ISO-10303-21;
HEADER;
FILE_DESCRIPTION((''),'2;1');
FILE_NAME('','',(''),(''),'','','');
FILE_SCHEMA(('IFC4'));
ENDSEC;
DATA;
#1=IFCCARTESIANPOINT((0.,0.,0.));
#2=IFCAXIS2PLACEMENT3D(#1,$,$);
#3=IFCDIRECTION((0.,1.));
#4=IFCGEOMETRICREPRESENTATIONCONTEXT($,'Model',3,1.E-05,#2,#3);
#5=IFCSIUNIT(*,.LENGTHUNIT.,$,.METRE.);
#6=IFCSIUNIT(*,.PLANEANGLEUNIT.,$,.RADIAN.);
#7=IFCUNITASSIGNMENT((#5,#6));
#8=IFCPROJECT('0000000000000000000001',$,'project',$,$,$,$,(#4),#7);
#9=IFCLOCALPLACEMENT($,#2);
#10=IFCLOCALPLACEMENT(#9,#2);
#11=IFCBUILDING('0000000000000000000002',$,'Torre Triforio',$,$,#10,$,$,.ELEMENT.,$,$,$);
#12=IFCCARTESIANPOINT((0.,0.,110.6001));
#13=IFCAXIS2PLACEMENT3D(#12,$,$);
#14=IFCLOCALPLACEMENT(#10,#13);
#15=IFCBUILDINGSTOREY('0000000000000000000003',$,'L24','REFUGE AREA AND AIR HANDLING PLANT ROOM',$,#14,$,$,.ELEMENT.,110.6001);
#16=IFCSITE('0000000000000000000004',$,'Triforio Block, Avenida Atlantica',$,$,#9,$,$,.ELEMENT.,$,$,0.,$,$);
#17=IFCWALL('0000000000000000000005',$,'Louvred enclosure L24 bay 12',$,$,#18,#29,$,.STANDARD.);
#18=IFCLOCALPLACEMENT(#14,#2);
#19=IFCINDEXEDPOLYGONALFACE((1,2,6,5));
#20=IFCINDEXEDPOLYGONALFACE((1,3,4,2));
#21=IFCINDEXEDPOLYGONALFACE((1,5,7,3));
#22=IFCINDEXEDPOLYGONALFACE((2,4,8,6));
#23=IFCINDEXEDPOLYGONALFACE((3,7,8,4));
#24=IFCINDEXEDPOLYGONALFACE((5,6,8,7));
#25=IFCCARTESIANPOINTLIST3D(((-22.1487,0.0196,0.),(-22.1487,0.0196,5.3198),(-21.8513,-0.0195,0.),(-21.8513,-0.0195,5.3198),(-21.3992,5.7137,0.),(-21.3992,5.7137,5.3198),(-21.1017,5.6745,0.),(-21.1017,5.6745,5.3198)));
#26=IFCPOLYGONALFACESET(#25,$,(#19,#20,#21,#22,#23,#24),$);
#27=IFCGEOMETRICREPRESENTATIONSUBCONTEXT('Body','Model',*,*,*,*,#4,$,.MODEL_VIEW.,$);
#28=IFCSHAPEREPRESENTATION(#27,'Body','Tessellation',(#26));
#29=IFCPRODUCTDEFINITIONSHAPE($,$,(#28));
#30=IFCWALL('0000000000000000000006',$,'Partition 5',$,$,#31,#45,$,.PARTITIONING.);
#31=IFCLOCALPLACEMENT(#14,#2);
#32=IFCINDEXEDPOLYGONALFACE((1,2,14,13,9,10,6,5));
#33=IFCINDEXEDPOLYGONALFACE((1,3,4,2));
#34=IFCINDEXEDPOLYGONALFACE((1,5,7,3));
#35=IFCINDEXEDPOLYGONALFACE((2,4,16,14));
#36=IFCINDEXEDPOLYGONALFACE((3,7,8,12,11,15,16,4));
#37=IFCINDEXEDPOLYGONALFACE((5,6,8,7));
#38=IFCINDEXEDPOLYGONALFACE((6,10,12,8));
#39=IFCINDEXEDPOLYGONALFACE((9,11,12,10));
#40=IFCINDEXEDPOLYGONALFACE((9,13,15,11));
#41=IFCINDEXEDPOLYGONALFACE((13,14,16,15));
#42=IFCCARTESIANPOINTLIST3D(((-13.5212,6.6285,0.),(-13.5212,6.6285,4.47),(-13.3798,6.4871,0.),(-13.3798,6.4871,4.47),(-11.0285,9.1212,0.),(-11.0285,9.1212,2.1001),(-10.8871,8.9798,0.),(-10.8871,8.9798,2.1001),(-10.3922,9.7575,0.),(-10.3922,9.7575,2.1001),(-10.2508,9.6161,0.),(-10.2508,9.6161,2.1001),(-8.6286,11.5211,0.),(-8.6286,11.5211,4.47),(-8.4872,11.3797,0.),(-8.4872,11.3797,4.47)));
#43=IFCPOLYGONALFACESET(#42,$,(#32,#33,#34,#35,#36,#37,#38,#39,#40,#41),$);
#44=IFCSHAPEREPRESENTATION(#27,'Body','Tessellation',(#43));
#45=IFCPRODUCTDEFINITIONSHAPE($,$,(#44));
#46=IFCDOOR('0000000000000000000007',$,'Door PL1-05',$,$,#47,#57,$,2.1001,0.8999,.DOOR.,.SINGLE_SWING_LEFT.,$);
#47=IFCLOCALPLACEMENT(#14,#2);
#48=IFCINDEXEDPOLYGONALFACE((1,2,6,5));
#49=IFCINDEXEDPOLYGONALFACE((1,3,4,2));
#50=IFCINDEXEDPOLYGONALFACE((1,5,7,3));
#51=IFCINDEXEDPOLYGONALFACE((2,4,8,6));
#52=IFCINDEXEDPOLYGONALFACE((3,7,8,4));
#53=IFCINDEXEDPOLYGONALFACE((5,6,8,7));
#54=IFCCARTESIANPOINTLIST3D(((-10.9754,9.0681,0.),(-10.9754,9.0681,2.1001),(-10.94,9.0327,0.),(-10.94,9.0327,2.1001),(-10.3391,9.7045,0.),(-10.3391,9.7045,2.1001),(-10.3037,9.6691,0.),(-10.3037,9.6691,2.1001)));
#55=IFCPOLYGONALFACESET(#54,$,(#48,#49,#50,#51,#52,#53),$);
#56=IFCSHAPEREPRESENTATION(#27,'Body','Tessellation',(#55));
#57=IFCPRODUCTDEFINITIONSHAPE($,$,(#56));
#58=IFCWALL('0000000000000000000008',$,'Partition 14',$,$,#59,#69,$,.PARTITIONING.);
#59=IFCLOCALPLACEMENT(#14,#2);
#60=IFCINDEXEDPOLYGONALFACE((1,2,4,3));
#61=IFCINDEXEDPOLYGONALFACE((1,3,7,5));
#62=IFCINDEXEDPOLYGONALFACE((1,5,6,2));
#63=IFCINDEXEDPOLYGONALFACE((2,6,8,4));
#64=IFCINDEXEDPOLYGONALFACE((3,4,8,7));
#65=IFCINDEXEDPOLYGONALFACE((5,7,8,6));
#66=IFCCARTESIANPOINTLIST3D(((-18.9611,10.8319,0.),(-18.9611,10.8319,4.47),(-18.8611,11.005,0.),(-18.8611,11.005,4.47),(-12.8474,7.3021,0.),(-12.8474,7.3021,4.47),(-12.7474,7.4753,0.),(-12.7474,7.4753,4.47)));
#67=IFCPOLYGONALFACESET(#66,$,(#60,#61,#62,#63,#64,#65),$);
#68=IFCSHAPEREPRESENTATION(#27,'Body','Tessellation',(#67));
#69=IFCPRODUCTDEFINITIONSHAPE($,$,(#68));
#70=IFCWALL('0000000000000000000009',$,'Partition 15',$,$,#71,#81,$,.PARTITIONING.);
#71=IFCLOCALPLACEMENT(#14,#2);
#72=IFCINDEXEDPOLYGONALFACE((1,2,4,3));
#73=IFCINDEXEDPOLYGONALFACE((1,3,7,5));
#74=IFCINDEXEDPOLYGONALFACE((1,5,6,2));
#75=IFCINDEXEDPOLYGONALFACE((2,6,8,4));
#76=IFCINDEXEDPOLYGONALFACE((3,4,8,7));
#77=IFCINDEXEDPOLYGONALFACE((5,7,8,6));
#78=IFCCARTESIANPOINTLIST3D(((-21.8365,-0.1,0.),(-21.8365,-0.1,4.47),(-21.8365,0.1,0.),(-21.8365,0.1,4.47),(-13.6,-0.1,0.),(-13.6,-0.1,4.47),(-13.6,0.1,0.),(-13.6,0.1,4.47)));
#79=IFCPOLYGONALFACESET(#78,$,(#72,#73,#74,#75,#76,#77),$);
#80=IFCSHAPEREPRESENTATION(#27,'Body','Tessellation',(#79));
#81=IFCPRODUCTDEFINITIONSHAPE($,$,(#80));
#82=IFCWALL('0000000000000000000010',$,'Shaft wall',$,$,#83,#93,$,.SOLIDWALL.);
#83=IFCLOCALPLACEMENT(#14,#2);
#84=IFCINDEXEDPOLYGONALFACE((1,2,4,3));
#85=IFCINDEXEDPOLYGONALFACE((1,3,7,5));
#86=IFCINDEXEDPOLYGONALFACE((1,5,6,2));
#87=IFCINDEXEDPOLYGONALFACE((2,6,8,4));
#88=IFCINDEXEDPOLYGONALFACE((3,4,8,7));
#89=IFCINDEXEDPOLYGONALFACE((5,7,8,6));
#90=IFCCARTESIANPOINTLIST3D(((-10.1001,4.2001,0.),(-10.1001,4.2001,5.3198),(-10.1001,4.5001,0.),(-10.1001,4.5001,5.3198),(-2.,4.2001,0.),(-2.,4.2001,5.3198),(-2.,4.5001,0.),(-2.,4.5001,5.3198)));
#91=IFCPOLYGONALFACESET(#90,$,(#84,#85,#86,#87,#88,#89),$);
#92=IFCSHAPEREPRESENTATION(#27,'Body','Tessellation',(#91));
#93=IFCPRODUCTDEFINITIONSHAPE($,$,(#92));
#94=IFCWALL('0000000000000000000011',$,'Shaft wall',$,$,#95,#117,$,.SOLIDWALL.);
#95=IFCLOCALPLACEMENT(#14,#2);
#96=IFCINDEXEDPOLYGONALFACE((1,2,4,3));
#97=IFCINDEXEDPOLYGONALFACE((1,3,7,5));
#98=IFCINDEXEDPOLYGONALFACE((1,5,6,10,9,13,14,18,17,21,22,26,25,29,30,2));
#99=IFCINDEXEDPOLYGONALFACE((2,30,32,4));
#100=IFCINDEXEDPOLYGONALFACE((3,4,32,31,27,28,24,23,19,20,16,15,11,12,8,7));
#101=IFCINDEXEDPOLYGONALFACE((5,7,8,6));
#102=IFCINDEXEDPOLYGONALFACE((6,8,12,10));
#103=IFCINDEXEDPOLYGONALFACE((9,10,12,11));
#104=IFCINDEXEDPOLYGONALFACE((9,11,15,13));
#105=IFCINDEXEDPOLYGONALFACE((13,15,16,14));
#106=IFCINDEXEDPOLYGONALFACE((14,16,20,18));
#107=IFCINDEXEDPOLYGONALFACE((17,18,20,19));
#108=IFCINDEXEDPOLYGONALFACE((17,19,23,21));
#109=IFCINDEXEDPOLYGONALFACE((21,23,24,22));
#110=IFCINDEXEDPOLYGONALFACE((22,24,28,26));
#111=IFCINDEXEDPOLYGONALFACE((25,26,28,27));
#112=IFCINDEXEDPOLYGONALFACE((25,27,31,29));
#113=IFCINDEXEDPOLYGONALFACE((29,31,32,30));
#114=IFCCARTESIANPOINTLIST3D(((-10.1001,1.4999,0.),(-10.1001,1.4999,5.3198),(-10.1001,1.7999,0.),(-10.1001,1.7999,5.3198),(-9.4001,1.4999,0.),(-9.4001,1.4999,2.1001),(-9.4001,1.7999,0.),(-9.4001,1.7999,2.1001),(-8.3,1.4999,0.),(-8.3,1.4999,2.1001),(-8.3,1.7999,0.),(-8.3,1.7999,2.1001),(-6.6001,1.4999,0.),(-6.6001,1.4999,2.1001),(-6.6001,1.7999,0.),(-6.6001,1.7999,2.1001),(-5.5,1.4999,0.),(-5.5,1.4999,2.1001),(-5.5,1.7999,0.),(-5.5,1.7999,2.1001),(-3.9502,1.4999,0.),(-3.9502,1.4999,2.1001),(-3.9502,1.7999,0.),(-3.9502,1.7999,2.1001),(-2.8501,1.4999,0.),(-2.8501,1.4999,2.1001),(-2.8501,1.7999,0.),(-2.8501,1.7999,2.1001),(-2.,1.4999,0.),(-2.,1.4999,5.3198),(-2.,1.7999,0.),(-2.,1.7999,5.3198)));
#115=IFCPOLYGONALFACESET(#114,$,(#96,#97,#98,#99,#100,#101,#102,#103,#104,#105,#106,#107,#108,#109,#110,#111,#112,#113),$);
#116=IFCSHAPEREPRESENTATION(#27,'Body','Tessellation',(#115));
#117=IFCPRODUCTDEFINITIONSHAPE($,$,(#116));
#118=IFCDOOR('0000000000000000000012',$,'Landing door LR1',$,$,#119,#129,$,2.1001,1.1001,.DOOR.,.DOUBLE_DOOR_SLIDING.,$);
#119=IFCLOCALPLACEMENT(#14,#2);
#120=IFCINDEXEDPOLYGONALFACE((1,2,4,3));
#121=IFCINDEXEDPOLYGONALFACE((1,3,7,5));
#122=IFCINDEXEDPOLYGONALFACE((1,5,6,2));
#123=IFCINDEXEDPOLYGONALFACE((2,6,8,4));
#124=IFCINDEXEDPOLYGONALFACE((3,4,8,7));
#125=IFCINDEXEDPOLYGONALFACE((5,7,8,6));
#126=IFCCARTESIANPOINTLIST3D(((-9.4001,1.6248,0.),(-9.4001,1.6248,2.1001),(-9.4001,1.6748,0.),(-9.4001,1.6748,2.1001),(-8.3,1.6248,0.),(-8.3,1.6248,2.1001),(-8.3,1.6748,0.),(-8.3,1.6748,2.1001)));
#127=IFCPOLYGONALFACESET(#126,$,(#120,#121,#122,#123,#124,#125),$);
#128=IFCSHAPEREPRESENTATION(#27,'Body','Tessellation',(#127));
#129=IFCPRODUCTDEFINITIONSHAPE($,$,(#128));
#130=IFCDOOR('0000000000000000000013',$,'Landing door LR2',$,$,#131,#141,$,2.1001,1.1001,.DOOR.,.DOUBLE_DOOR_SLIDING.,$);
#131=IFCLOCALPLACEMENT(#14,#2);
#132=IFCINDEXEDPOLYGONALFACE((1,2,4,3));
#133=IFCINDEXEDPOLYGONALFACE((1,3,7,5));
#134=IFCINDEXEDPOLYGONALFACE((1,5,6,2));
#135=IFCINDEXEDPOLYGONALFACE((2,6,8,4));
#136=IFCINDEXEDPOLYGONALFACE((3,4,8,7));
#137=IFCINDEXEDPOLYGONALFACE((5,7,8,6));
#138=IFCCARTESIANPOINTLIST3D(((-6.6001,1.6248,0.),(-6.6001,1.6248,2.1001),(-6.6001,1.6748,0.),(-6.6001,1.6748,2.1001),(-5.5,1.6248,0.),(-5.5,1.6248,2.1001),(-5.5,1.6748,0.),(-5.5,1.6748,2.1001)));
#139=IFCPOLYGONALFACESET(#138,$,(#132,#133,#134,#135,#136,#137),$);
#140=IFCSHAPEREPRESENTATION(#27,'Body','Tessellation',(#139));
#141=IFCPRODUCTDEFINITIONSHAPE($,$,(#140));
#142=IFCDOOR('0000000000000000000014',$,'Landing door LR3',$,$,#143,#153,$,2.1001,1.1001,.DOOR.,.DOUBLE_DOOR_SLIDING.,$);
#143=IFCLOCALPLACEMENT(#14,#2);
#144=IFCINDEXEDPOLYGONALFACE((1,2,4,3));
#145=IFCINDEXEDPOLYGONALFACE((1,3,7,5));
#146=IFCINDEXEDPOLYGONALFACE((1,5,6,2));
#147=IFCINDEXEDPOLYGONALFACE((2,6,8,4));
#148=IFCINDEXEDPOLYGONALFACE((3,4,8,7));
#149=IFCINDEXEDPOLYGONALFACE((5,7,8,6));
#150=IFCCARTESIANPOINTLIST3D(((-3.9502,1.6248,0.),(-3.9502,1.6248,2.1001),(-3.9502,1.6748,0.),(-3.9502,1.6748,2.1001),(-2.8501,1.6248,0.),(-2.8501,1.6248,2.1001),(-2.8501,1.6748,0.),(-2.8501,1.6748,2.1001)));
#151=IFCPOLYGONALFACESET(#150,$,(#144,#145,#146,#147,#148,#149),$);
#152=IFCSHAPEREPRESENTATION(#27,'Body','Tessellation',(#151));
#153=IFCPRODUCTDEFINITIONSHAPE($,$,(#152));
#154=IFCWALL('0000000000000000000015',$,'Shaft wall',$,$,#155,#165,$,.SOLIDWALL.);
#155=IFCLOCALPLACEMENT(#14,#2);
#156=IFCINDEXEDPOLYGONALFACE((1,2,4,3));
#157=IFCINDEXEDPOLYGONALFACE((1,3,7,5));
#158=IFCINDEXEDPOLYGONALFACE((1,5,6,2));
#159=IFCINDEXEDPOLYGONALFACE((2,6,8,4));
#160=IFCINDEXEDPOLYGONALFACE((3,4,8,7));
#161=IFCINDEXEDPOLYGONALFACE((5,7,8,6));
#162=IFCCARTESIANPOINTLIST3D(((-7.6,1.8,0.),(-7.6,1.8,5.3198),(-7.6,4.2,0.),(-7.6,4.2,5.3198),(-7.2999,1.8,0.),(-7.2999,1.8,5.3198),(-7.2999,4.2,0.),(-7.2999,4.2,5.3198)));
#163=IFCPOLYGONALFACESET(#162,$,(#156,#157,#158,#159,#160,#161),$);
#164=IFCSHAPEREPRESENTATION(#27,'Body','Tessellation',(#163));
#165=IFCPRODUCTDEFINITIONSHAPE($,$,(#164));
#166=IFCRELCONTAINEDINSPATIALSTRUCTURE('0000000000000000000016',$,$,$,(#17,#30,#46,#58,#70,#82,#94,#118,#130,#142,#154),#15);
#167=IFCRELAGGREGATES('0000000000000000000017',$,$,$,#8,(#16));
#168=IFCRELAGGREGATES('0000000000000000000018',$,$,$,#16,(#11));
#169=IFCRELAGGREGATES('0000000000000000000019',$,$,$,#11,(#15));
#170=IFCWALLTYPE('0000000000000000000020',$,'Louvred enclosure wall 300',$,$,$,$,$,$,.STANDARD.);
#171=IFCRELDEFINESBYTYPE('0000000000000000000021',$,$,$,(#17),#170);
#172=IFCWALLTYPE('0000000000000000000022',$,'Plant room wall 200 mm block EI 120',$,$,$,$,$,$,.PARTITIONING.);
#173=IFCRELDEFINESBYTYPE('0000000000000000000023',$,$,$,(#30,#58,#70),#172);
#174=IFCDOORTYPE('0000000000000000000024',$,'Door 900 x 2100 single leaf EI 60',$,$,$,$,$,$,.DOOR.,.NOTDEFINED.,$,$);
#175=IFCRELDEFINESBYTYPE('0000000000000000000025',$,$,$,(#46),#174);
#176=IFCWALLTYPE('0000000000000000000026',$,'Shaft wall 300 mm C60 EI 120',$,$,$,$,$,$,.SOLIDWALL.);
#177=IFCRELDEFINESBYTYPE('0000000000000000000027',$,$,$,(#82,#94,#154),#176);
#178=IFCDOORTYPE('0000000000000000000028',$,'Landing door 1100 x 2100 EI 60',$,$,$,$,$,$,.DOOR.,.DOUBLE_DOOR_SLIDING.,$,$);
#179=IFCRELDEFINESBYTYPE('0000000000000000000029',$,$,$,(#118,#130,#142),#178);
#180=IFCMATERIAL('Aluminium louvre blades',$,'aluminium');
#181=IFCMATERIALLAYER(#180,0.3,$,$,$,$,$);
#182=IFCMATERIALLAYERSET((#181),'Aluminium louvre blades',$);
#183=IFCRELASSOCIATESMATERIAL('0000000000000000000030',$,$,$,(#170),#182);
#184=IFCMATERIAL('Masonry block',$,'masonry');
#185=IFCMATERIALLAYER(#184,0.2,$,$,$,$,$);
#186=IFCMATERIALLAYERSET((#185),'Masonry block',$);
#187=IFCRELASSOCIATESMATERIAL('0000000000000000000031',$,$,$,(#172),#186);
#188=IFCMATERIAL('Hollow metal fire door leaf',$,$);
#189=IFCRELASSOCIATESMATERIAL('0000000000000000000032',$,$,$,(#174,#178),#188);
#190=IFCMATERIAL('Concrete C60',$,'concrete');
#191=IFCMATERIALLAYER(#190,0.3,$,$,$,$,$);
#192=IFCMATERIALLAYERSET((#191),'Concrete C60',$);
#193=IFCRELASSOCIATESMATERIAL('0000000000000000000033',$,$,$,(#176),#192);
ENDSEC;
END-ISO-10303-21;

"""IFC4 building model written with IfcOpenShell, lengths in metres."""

from ifc_helpers import new_model, si_unit, direction, frame, frame_2d, origin, place, context, subcontext, project, spatial, rectangle, extrude, material, layer, layer_set, type_object, element, fill, save


model = new_model("IFC4")

# Units and contexts
model_context = context("Model", 3, precision=1e-05, world=origin(), true_north=direction((0.0, 1.0)))
body_context = subcontext(model_context, "Body", "Model", "MODEL_VIEW")
ifc_project = project(units=[si_unit("LENGTHUNIT", "METRE"), si_unit("PLANEANGLEUNIT", "RADIAN")], contexts=[model_context])

# Site, building, storey
site_placement = place(None, origin())
site = spatial("IfcSite", under=ifc_project, at=site_placement, Name="Triforio Block, Avenida Atlantica", CompositionType="ELEMENT", RefElevation=0.0)
building_placement = place(site_placement, origin())
building = spatial("IfcBuilding", under=site, at=building_placement, Name="Torre Triforio", CompositionType="ELEMENT")
storey_placement = place(building_placement, frame((0.0, 0.0, 110.6001)))
storey = spatial("IfcBuildingStorey", under=building, at=storey_placement, Name="L24", Description="REFUGE AREA AND AIR HANDLING PLANT ROOM", CompositionType="ELEMENT", Elevation=110.6001)

# Shared definitions
ifc_material_1 = material(Name="Concrete C60", Category="concrete")

# Shared definitions
ifc_material_2 = material(Name="Hollow metal fire door leaf")

# Wall
ifc_material_3 = material(Name="Aluminium louvre blades", Category="aluminium")
ifc_layer_1 = layer(ifc_material_3, 0.3)
ifc_layer_set_1 = layer_set([ifc_layer_1], Name="Aluminium louvre blades")
wall_type_1 = type_object("IfcWallType", Name="Louvred enclosure wall 300", PredefinedType="STANDARD", material=ifc_layer_set_1)
wall_1_placement = place(storey_placement, frame((-21.2505, 5.6941, 0.0), z_axis=(0.0, 0.0, 1.0), x_axis=(-0.130504, -0.991448, 0.0)))
element("IfcWall", 1, at=wall_1_placement, inside=storey, type_object=wall_type_1, Name="Louvred enclosure L24 bay 12", PredefinedType="STANDARD", context=body_context, shape_type="SweptSolid", body=[
    extrude(rectangle(XDim=5.7432, YDim=0.3, at=frame_2d((2.8716, 0.0))), origin(), (0.0, 0.0, 1.0), 5.3198),
])

# Wall, opening, door
ifc_material_4 = material(Name="Masonry block", Category="masonry")
ifc_layer_2 = layer(ifc_material_4, 0.2)
ifc_layer_set_2 = layer_set([ifc_layer_2], Name="Masonry block")
wall_type_2 = type_object("IfcWallType", Name="Plant room wall 200 mm block EI 120", PredefinedType="PARTITIONING", material=ifc_layer_set_2)
wall_2_placement = place(storey_placement, frame((-13.4504, 6.5579, 0.0), z_axis=(0.0, 0.0, 1.0), x_axis=(0.707107, 0.707107, 0.0)))
wall_2 = element("IfcWall", 2, at=wall_2_placement, inside=storey, type_object=wall_type_2, Name="Partition 5", PredefinedType="PARTITIONING", context=body_context, shape_type="SweptSolid", body=[
    extrude(rectangle(XDim=6.9192, YDim=0.2, at=frame_2d((3.4595, 0.0))), origin(), (0.0, 0.0, 1.0), 4.47),
])
opening_1_placement = place(wall_2_placement, frame((3.5251, 0.0, 0.0)))
opening_1 = element("IfcOpeningElement", 3, at=opening_1_placement, cuts=wall_2, PredefinedType="OPENING", context=body_context, shape_type="SweptSolid", body=[
    extrude(rectangle(XDim=0.8999, YDim=2.1001, at=frame_2d((0.45, 1.05))), frame((0.0, 0.1099, 0.0), z_axis=(0.0, -1.0, 0.0), x_axis=(1.0, 0.0, 0.0)), (0.0, 0.0, 1.0), 0.22),
])
door_type_1 = type_object("IfcDoorType", Name="Door 900 x 2100 single leaf EI 60", OperationType="NOTDEFINED", PredefinedType="DOOR", material=ifc_material_2)
door_1_placement = place(opening_1_placement, origin())
door_1 = element("IfcDoor", 4, at=door_1_placement, inside=storey, type_object=door_type_1, Name="Door PL1-05", OperationType="SINGLE_SWING_LEFT", OverallHeight=2.1001, OverallWidth=0.8999, PredefinedType="DOOR", context=body_context, shape_type="SweptSolid", body=[
    extrude(rectangle(XDim=0.8999, YDim=2.1001, at=frame_2d((0.45, 1.05))), frame((0.0, 0.0249, 0.0), z_axis=(0.0, -1.0, 0.0), x_axis=(1.0, 0.0, 0.0)), (0.0, 0.0, 1.0), 0.05),
])
fill(opening_1, door_1)

# Walls
wall_3_placement = place(storey_placement, frame((-12.7974, 7.3887, 0.0), z_axis=(0.0, 0.0, 1.0), x_axis=(-0.866025, 0.5, 0.0)))
element("IfcWall", 5, at=wall_3_placement, inside=storey, type_object=wall_type_2, Name="Partition 14", PredefinedType="PARTITIONING", context=body_context, shape_type="SweptSolid", body=[
    extrude(rectangle(XDim=7.0596, YDim=0.2, at=frame_2d((3.5298, 0.0))), origin(), (0.0, 0.0, 1.0), 4.47),
])
wall_4_placement = place(storey_placement, frame((-13.6001, 0.0, 0.0), z_axis=(0.0, 0.0, 1.0), x_axis=(-1.0, 0.0, 0.0)))
element("IfcWall", 6, at=wall_4_placement, inside=storey, type_object=wall_type_2, Name="Partition 15", PredefinedType="PARTITIONING", context=body_context, shape_type="SweptSolid", body=[
    extrude(rectangle(XDim=8.2366, YDim=0.2, at=frame_2d((4.1182, 0.0))), origin(), (0.0, 0.0, 1.0), 4.47),
])
ifc_layer_3 = layer(ifc_material_1, 0.3)
ifc_layer_set_3 = layer_set([ifc_layer_3], Name="Concrete C60")
wall_type_3 = type_object("IfcWallType", Name="Shaft wall 300 mm C60 EI 120", PredefinedType="SOLIDWALL", material=ifc_layer_set_3)
wall_5_placement = place(storey_placement, frame((-10.1001, 4.3501, 0.0), z_axis=(0.0, 0.0, 1.0), x_axis=(1.0, 0.0, 0.0)))
element("IfcWall", 7, at=wall_5_placement, inside=storey, type_object=wall_type_3, Name="Shaft wall", PredefinedType="SOLIDWALL", context=body_context, shape_type="SweptSolid", body=[
    extrude(rectangle(XDim=8.1001, YDim=0.3, at=frame_2d((4.05, 0.0))), origin(), (0.0, 0.0, 1.0), 5.3198),
])

# Wall, openings, doors
wall_6_placement = place(storey_placement, frame((-10.1001, 1.6499, 0.0), z_axis=(0.0, 0.0, 1.0), x_axis=(1.0, 0.0, 0.0)))
wall_6 = element("IfcWall", 8, at=wall_6_placement, inside=storey, type_object=wall_type_3, Name="Shaft wall", PredefinedType="SOLIDWALL", context=body_context, shape_type="SweptSolid", body=[
    extrude(rectangle(XDim=8.1001, YDim=0.3, at=frame_2d((4.05, 0.0))), origin(), (0.0, 0.0, 1.0), 5.3198),
])
opening_2_placement = place(wall_6_placement, frame((0.7, 0.0, 0.0)))
opening_2 = element("IfcOpeningElement", 9, at=opening_2_placement, cuts=wall_6, PredefinedType="OPENING", context=body_context, shape_type="SweptSolid", body=[
    extrude(rectangle(XDim=1.1001, YDim=2.1001, at=frame_2d((0.55, 1.05))), frame((0.0, 0.1599, 0.0), z_axis=(0.0, -1.0, 0.0), x_axis=(1.0, 0.0, 0.0)), (0.0, 0.0, 1.0), 0.3201),
])
opening_3_placement = place(wall_6_placement, frame((3.5, 0.0, 0.0)))
opening_3 = element("IfcOpeningElement", 10, at=opening_3_placement, cuts=wall_6, PredefinedType="OPENING", context=body_context, shape_type="SweptSolid", body=[
    extrude(rectangle(XDim=1.1001, YDim=2.1001, at=frame_2d((0.55, 1.05))), frame((0.0, 0.1599, 0.0), z_axis=(0.0, -1.0, 0.0), x_axis=(1.0, 0.0, 0.0)), (0.0, 0.0, 1.0), 0.3201),
])
opening_4_placement = place(wall_6_placement, frame((6.1499, 0.0, 0.0)))
opening_4 = element("IfcOpeningElement", 11, at=opening_4_placement, cuts=wall_6, PredefinedType="OPENING", context=body_context, shape_type="SweptSolid", body=[
    extrude(rectangle(XDim=1.1001, YDim=2.1001, at=frame_2d((0.55, 1.05))), frame((0.0, 0.1599, 0.0), z_axis=(0.0, -1.0, 0.0), x_axis=(1.0, 0.0, 0.0)), (0.0, 0.0, 1.0), 0.3201),
])
door_type_2 = type_object("IfcDoorType", Name="Landing door 1100 x 2100 EI 60", OperationType="DOUBLE_DOOR_SLIDING", PredefinedType="DOOR", material=ifc_material_2)
door_2_placement = place(opening_2_placement, origin())
door_2 = element("IfcDoor", 12, at=door_2_placement, inside=storey, type_object=door_type_2, Name="Landing door LR1", OperationType="DOUBLE_DOOR_SLIDING", OverallHeight=2.1001, OverallWidth=1.1001, PredefinedType="DOOR", context=body_context, shape_type="SweptSolid", body=[
    extrude(rectangle(XDim=1.1001, YDim=2.1001, at=frame_2d((0.55, 1.05))), frame((0.0, 0.0249, 0.0), z_axis=(0.0, -1.0, 0.0), x_axis=(1.0, 0.0, 0.0)), (0.0, 0.0, 1.0), 0.05),
])
fill(opening_2, door_2)
door_3_placement = place(opening_3_placement, origin())
door_3 = element("IfcDoor", 13, at=door_3_placement, inside=storey, type_object=door_type_2, Name="Landing door LR2", OperationType="DOUBLE_DOOR_SLIDING", OverallHeight=2.1001, OverallWidth=1.1001, PredefinedType="DOOR", context=body_context, shape_type="SweptSolid", body=[
    extrude(rectangle(XDim=1.1001, YDim=2.1001, at=frame_2d((0.55, 1.05))), frame((0.0, 0.0249, 0.0), z_axis=(0.0, -1.0, 0.0), x_axis=(1.0, 0.0, 0.0)), (0.0, 0.0, 1.0), 0.05),
])
fill(opening_3, door_3)
door_4_placement = place(opening_4_placement, origin())
door_4 = element("IfcDoor", 14, at=door_4_placement, inside=storey, type_object=door_type_2, Name="Landing door LR3", OperationType="DOUBLE_DOOR_SLIDING", OverallHeight=2.1001, OverallWidth=1.1001, PredefinedType="DOOR", context=body_context, shape_type="SweptSolid", body=[
    extrude(rectangle(XDim=1.1001, YDim=2.1001, at=frame_2d((0.55, 1.05))), frame((0.0, 0.0249, 0.0), z_axis=(0.0, -1.0, 0.0), x_axis=(1.0, 0.0, 0.0)), (0.0, 0.0, 1.0), 0.05),
])
fill(opening_4, door_4)

# Wall
wall_7_placement = place(storey_placement, frame((-7.45, 1.8, 0.0), z_axis=(0.0, 0.0, 1.0), x_axis=(0.0, 1.0, 0.0)))
element("IfcWall", 15, at=wall_7_placement, inside=storey, type_object=wall_type_3, Name="Shaft wall", PredefinedType="SOLIDWALL", context=body_context, shape_type="SweptSolid", body=[
    extrude(rectangle(XDim=2.3999, YDim=0.3, at=frame_2d((1.2, 0.0))), origin(), (0.0, 0.0, 1.0), 5.3198),
])

save(model, "model.ifc")
